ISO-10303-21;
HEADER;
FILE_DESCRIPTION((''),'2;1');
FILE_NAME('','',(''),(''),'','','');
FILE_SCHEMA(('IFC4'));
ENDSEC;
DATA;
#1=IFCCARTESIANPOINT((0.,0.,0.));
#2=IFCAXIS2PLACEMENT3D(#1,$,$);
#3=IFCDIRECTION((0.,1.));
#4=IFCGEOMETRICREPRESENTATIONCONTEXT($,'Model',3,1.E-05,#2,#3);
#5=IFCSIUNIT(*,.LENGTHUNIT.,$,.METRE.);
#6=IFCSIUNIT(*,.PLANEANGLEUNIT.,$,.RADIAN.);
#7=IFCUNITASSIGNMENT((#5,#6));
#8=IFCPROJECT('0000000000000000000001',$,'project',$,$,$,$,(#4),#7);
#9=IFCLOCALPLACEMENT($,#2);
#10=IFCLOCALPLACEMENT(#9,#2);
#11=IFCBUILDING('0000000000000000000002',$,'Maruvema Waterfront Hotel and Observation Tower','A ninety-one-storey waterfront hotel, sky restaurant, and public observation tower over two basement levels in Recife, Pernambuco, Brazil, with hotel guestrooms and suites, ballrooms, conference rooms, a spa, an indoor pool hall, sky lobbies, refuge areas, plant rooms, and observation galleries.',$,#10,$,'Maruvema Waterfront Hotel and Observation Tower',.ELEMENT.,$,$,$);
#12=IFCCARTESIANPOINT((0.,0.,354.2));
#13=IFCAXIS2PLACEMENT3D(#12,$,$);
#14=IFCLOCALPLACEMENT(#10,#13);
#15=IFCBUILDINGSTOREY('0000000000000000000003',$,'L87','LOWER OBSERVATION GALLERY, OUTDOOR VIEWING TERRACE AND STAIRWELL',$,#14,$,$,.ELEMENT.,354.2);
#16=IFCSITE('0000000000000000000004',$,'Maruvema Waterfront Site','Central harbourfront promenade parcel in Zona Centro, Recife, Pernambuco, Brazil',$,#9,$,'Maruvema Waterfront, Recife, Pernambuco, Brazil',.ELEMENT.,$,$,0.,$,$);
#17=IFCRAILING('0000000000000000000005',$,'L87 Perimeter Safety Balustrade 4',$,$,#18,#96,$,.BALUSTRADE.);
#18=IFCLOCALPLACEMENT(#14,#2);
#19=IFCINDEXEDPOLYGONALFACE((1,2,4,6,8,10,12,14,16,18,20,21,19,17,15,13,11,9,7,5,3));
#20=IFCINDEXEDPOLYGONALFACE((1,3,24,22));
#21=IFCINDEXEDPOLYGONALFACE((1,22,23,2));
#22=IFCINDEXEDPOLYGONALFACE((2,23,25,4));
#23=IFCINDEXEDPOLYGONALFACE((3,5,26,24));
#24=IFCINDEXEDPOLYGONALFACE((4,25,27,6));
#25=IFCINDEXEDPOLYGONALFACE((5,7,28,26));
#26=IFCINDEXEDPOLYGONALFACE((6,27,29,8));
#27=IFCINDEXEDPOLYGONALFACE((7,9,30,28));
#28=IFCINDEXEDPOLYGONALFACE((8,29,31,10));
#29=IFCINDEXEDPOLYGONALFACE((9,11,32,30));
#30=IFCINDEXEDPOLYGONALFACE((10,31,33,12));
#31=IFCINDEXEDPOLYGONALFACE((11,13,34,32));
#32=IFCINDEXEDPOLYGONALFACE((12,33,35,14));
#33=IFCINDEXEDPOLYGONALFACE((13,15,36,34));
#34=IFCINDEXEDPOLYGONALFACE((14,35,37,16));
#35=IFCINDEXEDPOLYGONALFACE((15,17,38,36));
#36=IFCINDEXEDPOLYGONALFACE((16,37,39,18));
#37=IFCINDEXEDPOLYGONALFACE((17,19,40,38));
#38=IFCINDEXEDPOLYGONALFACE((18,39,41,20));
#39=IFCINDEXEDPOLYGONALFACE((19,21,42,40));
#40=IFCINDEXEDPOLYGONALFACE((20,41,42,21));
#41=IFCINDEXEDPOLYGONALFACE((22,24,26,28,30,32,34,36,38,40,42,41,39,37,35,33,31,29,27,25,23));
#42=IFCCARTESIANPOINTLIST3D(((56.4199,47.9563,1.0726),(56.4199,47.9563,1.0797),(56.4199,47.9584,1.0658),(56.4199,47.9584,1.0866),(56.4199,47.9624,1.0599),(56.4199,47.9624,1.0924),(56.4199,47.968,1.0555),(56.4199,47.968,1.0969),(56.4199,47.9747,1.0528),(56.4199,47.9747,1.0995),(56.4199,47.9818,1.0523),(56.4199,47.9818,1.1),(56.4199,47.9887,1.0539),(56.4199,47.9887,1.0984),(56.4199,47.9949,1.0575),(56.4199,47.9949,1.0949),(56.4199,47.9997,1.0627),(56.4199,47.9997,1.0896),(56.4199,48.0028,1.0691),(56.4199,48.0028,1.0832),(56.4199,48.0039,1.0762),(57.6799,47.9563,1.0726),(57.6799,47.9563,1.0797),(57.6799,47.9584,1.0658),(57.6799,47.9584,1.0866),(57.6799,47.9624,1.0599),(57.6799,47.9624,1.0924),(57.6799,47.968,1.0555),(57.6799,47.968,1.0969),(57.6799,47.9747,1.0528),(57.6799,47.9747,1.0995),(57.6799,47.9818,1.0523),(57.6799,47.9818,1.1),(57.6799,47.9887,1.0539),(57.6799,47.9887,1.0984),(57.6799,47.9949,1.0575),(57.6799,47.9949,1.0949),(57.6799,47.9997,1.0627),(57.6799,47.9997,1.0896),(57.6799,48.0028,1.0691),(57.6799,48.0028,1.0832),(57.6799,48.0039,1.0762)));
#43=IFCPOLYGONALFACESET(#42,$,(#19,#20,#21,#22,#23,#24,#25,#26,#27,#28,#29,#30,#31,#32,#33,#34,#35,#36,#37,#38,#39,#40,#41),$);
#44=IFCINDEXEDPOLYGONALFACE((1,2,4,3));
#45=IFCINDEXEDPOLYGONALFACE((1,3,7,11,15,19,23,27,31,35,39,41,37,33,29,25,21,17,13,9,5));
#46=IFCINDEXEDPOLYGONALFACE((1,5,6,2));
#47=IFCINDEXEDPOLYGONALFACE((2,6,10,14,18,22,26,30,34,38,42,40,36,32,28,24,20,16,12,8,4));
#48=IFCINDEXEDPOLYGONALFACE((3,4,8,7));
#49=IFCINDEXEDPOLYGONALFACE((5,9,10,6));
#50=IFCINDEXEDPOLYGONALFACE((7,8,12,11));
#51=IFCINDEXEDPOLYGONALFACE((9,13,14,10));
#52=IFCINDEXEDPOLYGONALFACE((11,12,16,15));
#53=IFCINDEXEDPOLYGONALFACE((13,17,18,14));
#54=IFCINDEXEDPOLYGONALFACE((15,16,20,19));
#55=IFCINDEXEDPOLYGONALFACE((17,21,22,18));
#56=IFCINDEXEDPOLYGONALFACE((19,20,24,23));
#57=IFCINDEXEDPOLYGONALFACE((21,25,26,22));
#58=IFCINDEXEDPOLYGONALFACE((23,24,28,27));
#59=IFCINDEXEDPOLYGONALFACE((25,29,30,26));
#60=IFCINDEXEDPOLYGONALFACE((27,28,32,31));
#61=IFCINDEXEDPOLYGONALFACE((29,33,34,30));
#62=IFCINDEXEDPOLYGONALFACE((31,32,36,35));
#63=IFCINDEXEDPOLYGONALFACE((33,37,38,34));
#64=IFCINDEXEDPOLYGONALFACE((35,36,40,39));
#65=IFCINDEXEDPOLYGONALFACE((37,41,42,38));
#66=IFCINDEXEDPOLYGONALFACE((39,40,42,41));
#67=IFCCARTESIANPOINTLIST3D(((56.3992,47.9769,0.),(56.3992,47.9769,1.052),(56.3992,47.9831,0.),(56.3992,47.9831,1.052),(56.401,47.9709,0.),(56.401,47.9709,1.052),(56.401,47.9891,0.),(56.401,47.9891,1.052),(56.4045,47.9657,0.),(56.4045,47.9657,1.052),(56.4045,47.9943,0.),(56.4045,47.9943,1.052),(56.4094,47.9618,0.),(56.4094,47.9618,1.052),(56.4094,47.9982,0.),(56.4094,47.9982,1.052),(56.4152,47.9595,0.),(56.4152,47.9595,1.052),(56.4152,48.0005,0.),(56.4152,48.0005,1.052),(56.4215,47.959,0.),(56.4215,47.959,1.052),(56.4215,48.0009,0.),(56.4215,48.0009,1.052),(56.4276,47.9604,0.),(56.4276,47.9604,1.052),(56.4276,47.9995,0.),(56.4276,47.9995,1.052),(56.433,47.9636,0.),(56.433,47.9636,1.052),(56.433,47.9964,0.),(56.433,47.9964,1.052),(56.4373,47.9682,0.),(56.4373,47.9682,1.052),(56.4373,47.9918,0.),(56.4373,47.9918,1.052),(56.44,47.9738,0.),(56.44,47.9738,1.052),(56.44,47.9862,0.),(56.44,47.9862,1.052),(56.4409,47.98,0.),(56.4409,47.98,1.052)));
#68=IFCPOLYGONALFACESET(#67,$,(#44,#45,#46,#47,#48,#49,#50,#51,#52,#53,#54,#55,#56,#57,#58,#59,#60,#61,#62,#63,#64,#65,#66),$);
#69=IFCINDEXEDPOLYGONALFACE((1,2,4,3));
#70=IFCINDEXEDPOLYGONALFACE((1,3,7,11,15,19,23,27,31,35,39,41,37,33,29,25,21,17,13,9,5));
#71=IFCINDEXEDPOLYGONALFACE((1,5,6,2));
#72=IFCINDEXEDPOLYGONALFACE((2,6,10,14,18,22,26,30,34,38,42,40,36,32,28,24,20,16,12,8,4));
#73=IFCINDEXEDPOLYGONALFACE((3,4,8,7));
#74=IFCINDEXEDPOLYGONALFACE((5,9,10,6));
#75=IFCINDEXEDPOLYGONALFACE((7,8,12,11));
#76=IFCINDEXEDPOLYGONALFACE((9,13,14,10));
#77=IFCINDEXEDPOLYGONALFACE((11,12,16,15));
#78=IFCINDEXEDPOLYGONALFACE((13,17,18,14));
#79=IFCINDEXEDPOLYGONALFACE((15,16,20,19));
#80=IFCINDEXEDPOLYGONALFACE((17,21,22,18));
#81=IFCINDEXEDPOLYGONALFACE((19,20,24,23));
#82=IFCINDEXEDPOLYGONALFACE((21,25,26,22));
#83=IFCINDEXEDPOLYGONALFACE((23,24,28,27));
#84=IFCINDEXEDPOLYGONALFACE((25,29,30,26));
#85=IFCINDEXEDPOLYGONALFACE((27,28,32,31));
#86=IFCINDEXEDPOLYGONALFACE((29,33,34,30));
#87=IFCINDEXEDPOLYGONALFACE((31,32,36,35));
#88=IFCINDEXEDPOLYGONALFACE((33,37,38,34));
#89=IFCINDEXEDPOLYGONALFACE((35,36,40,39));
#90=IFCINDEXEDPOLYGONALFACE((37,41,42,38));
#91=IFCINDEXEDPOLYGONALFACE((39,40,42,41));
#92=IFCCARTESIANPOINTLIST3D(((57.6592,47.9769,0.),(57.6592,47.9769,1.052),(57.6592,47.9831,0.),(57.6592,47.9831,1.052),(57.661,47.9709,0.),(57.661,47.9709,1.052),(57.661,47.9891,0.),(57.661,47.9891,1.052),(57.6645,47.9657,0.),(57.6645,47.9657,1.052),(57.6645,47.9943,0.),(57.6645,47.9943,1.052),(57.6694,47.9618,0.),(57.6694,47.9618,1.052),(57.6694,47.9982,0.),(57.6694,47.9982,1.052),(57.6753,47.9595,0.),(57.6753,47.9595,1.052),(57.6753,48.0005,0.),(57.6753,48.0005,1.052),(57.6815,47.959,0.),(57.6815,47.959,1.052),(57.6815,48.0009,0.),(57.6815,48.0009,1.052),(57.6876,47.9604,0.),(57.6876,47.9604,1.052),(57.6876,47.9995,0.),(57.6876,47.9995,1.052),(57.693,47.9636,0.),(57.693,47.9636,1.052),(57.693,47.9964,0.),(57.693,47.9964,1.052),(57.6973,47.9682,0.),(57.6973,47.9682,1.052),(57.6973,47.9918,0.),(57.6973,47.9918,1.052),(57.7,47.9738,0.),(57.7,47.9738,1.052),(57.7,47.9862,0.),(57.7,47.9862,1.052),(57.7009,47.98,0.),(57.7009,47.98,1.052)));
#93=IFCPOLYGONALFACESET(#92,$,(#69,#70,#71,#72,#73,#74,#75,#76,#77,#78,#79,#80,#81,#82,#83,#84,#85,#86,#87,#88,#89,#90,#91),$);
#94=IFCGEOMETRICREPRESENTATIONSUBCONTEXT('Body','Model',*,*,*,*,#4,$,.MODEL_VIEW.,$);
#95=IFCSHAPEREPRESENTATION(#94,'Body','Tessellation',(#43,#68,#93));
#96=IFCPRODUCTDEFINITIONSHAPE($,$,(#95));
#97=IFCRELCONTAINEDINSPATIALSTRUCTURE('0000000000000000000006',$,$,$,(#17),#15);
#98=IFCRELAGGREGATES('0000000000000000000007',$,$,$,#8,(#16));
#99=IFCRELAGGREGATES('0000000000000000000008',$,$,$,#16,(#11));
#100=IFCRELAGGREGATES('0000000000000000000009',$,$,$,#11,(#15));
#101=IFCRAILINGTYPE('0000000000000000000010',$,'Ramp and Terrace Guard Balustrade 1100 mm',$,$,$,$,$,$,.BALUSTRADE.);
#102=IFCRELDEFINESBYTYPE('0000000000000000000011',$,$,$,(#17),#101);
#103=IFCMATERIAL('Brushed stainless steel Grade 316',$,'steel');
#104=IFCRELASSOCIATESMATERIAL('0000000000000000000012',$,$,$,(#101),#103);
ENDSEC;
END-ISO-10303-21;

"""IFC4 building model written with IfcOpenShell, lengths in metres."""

from ifc_helpers import new_model, si_unit, direction, frame, origin, origin_2d, place, context, subcontext, project, spatial, circle, extrude, material, type_object, element, save


model = new_model("IFC4")

# Units and contexts
model_context = context("Model", 3, precision=1e-05, world=origin(), true_north=direction((0.0, 1.0)))
body_context = subcontext(model_context, "Body", "Model", "MODEL_VIEW")
ifc_project = project(units=[si_unit("LENGTHUNIT", "METRE"), si_unit("PLANEANGLEUNIT", "RADIAN")], contexts=[model_context])

# Site, building, storey
site_placement = place(None, origin())
site = spatial("IfcSite", under=ifc_project, at=site_placement, Name="Maruvema Waterfront Site", Description="Central harbourfront promenade parcel in Zona Centro, Recife, Pernambuco, Brazil", LongName="Maruvema Waterfront, Recife, Pernambuco, Brazil", CompositionType="ELEMENT", RefElevation=0.0)
building_placement = place(site_placement, origin())
building = spatial("IfcBuilding", under=site, at=building_placement, Name="Maruvema Waterfront Hotel and Observation Tower", Description="A ninety-one-storey waterfront hotel, sky restaurant, and public observation tower over two basement levels in Recife, Pernambuco, Brazil, with hotel guestrooms and suites, ballrooms, conference rooms, a spa, an indoor pool hall, sky lobbies, refuge areas, plant rooms, and observation galleries.", LongName="Maruvema Waterfront Hotel and Observation Tower", CompositionType="ELEMENT")
storey_placement = place(building_placement, frame((0.0, 0.0, 354.2)))
storey = spatial("IfcBuildingStorey", under=building, at=storey_placement, Name="L87", Description="LOWER OBSERVATION GALLERY, OUTDOOR VIEWING TERRACE AND STAIRWELL", CompositionType="ELEMENT", Elevation=354.2)

# Railing
ifc_material_1 = material(Name="Brushed stainless steel Grade 316", Category="steel")
railing_type_1 = type_object("IfcRailingType", Name="Ramp and Terrace Guard Balustrade 1100 mm", PredefinedType="BALUSTRADE", material=ifc_material_1)
railing_1_placement = place(storey_placement, frame((56.4199, 47.98, 0.0)))
element("IfcRailing", 1, at=railing_1_placement, inside=storey, type_object=railing_type_1, Name="L87 Perimeter Safety Balustrade 4", PredefinedType="BALUSTRADE", context=body_context, shape_type="SweptSolid", body=[
    extrude(circle(Radius=0.0239, at=origin_2d()), frame((0.0, 0.0, 1.0762), z_axis=(1.0, 0.0, 0.0), x_axis=(0.0, 1.0, 0.0)), (0.0, 0.0, 1.0), 1.26),
    extrude(circle(Radius=0.021, at=origin_2d()), origin(), (0.0, 0.0, 1.0), 1.052),
    extrude(circle(Radius=0.021, at=origin_2d()), frame((1.26, 0.0, 0.0)), (0.0, 0.0, 1.0), 1.052),
])

save(model, "model.ifc")
